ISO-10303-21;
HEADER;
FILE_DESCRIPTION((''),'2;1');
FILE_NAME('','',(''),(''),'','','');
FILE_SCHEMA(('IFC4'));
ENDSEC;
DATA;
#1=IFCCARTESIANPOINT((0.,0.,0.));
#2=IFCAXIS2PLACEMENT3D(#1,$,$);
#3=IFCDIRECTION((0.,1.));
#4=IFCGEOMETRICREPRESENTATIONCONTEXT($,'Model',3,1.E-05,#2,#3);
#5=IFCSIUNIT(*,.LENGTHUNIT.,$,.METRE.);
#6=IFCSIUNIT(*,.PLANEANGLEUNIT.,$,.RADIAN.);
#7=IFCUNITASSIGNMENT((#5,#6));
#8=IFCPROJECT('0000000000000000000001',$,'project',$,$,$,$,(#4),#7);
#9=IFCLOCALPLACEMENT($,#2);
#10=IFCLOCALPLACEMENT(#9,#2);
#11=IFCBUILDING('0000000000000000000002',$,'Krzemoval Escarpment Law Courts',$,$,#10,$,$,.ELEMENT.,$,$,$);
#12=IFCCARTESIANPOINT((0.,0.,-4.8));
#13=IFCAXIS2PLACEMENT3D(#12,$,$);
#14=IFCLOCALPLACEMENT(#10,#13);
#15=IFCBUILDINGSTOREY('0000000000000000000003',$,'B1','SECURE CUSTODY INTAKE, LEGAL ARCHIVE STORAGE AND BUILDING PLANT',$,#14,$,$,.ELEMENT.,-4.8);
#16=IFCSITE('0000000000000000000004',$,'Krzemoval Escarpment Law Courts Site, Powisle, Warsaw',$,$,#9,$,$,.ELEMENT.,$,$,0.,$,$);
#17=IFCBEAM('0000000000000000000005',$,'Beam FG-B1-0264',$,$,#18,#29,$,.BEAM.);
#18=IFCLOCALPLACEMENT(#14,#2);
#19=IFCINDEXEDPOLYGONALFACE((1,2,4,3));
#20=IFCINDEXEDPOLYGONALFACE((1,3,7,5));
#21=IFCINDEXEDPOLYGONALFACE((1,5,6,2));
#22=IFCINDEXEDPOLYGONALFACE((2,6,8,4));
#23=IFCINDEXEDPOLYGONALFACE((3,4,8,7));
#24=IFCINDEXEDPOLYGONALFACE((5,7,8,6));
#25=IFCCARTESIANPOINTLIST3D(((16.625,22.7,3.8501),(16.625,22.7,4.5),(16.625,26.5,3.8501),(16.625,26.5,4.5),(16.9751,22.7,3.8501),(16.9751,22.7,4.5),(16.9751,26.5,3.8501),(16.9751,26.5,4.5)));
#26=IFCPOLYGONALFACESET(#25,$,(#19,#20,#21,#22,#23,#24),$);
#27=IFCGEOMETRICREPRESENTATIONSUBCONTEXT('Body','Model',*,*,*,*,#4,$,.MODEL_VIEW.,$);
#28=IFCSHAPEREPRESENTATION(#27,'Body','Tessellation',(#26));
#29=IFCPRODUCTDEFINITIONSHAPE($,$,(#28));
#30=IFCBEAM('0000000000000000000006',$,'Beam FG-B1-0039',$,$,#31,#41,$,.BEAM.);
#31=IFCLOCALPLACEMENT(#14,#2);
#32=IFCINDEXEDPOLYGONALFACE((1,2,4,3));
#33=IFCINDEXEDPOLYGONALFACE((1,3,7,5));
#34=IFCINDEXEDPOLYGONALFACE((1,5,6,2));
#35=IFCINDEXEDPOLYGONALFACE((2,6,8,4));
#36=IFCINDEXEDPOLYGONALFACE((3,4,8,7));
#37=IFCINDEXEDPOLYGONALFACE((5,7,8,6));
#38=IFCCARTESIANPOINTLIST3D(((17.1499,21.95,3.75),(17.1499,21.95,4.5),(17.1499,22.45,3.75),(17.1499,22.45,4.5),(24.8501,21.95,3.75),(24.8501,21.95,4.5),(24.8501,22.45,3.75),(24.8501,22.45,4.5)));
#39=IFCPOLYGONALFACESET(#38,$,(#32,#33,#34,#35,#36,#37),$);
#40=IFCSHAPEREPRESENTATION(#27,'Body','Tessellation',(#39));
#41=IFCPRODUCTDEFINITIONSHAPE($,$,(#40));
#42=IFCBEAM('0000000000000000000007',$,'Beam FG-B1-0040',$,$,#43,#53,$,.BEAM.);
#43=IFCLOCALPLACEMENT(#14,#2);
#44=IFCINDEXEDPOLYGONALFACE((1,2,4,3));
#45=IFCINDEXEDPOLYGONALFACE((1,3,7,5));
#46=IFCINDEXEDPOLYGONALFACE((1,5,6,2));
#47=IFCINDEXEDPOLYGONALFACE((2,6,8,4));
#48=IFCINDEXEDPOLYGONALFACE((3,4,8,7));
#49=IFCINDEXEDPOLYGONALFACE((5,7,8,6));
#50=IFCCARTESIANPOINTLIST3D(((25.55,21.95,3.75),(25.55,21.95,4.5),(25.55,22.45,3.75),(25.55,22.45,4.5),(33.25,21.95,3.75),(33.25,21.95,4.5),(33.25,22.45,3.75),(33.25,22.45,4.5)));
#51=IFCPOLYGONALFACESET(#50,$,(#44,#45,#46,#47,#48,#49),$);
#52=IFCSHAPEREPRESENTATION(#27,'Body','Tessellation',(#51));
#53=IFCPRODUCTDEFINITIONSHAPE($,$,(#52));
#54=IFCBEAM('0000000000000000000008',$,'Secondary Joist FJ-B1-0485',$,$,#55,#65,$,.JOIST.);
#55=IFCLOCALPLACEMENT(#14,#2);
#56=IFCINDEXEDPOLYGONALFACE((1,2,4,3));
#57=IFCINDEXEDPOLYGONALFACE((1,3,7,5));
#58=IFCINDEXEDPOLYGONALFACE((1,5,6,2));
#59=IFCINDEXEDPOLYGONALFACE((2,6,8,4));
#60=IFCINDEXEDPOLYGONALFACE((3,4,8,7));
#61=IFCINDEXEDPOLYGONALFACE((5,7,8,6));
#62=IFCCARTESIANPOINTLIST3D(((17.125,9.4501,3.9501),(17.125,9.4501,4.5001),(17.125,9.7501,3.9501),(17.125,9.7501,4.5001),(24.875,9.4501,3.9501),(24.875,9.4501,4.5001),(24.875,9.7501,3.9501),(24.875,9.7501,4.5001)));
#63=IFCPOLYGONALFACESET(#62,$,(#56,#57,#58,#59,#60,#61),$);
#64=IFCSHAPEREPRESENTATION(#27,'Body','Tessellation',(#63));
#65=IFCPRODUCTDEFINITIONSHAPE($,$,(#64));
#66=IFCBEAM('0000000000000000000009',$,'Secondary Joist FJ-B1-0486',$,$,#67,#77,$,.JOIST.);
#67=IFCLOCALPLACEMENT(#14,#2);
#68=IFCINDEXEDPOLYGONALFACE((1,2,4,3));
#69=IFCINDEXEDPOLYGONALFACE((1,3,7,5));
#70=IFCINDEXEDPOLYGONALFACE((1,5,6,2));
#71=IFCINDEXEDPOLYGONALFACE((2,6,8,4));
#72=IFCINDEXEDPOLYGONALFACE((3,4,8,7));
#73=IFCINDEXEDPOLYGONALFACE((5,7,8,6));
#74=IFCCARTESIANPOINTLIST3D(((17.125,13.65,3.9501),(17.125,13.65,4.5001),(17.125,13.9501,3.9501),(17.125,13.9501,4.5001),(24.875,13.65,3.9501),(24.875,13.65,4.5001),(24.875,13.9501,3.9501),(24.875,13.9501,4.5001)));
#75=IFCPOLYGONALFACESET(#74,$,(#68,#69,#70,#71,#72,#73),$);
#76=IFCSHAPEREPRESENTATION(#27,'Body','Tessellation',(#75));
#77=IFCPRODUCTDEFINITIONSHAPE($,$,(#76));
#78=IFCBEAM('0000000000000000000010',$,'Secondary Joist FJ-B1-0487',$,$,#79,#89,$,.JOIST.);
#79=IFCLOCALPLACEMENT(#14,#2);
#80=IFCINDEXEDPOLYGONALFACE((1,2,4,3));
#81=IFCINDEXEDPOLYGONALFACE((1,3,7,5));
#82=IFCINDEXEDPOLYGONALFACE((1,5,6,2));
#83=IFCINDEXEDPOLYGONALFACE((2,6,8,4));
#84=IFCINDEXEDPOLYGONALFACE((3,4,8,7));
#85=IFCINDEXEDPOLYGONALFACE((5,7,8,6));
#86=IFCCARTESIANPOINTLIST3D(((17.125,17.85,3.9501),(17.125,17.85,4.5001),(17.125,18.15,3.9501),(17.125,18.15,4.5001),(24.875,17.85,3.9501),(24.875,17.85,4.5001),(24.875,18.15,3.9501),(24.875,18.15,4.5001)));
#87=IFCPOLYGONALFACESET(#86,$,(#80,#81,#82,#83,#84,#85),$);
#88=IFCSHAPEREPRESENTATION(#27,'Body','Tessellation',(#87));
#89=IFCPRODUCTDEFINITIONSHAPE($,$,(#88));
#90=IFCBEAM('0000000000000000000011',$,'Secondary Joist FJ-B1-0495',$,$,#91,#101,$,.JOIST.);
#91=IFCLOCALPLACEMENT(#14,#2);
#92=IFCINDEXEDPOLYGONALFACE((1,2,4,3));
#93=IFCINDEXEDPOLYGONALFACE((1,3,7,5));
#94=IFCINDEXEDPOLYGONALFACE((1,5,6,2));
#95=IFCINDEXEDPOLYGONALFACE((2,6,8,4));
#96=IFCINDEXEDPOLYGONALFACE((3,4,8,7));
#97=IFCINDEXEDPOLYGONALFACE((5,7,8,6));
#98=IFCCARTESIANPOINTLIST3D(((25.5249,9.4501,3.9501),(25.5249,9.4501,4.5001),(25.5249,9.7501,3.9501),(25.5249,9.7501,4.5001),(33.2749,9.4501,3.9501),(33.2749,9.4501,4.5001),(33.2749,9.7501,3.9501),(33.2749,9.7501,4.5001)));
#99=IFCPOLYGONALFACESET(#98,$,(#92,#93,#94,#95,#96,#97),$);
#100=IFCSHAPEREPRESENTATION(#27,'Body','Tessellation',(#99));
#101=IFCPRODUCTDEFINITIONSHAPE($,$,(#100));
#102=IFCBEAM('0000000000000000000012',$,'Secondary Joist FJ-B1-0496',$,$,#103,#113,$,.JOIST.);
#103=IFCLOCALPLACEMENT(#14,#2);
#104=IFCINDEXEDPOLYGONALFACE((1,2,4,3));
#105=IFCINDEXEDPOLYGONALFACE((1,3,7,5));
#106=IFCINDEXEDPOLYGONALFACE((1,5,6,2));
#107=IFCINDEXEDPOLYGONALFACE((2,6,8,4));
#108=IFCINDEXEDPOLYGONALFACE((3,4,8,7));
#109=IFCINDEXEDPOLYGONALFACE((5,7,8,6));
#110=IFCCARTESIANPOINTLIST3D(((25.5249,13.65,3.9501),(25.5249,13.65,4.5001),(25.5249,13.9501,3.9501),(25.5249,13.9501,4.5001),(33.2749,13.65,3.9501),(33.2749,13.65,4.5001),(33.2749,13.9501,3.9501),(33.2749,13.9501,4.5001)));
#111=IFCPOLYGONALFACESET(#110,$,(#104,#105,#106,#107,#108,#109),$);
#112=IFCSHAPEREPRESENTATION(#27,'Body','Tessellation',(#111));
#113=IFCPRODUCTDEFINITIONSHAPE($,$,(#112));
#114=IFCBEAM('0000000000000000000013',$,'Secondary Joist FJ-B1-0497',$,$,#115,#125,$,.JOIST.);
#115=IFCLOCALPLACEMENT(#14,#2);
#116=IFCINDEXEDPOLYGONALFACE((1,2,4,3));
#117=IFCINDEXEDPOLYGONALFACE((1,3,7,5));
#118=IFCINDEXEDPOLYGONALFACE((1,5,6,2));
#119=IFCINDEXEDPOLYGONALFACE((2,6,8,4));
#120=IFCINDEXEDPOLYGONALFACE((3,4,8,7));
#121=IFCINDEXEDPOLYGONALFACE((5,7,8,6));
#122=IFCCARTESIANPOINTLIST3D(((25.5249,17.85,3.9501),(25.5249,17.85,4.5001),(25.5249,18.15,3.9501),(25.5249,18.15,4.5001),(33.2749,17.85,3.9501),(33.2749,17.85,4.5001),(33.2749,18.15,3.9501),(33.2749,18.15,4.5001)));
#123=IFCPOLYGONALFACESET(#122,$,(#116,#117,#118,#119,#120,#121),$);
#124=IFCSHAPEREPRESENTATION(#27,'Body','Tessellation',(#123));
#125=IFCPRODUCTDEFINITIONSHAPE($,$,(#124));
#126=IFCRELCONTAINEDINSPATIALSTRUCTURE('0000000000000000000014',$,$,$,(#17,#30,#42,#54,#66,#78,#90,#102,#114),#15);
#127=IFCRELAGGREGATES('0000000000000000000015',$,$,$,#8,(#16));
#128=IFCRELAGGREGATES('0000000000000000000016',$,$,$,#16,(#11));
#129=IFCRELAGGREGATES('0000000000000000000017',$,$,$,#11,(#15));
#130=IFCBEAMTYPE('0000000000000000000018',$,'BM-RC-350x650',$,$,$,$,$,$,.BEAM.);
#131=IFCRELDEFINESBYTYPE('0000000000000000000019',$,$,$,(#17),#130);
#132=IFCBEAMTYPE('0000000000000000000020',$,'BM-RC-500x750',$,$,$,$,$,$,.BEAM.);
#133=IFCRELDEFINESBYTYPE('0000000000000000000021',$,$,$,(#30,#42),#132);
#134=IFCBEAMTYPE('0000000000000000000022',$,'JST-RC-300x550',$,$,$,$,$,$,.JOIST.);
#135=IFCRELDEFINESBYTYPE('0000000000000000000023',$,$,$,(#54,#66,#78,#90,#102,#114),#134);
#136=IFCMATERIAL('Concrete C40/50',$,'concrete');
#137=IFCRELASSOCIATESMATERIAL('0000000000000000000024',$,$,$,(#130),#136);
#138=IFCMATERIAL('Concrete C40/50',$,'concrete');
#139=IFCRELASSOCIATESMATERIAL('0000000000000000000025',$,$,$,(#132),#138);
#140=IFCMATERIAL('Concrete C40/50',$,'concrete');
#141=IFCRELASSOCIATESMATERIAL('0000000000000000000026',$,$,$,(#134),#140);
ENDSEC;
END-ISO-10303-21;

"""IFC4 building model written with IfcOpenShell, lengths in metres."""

from ifc_helpers import new_model, si_unit, direction, frame, origin, origin_2d, place, context, subcontext, project, spatial, rectangle, extrude, material, material_profile, profile_set, type_object, element, save


model = new_model("IFC4")

# Units and contexts
model_context = context("Model", 3, precision=1e-05, world=origin(), true_north=direction((0.0, 1.0)))
body_context = subcontext(model_context, "Body", "Model", "MODEL_VIEW")
ifc_project = project(units=[si_unit("LENGTHUNIT", "METRE"), si_unit("PLANEANGLEUNIT", "RADIAN")], contexts=[model_context])

# Site, building, storey
site_placement = place(None, origin())
site = spatial("IfcSite", under=ifc_project, at=site_placement, Name="Krzemoval Escarpment Law Courts Site, Powisle, Warsaw", CompositionType="ELEMENT", RefElevation=0.0)
building_placement = place(site_placement, origin())
building = spatial("IfcBuilding", under=site, at=building_placement, Name="Krzemoval Escarpment Law Courts", CompositionType="ELEMENT")
storey_placement = place(building_placement, frame((0.0, 0.0, -4.8)))
storey = spatial("IfcBuildingStorey", under=building, at=storey_placement, Name="B1", Description="SECURE CUSTODY INTAKE, LEGAL ARCHIVE STORAGE AND BUILDING PLANT", CompositionType="ELEMENT", Elevation=-4.8)

# Beams
ifc_material_1 = material(Name="Concrete C40/50", Category="concrete")
ifc_material_profile_1 = material_profile(ifc_material_1, rectangle(XDim=0.3501, YDim=0.6499, at=origin_2d()), Name="RCB 350x650")
ifc_profile_set_1 = profile_set([ifc_material_profile_1], Name="Concrete C40/50")
beam_type_1 = type_object("IfcBeamType", Name="BM-RC-350x650", PredefinedType="BEAM", material=ifc_profile_set_1)
beam_1_placement = place(storey_placement, frame((16.8, 22.7, 4.175), z_axis=(0.0, 1.0, 0.0), x_axis=(-1.0, 0.0, 0.0)))
element("IfcBeam", 1, at=beam_1_placement, inside=storey, type_object=beam_type_1, Name="Beam FG-B1-0264", PredefinedType="BEAM", context=body_context, shape_type="SweptSolid", body=[
    extrude(rectangle(XDim=0.3501, YDim=0.6499, at=origin_2d()), origin(), (0.0, 0.0, 1.0), 3.8),
])
ifc_material_2 = material(Name="Concrete C40/50", Category="concrete")
ifc_material_profile_2 = material_profile(ifc_material_2, rectangle(XDim=0.5, YDim=0.75, at=origin_2d()), Name="RCB 500x750")
ifc_profile_set_2 = profile_set([ifc_material_profile_2], Name="Concrete C40/50")
beam_type_2 = type_object("IfcBeamType", Name="BM-RC-500x750", PredefinedType="BEAM", material=ifc_profile_set_2)
beam_2_placement = place(storey_placement, frame((17.1499, 22.2, 4.125), z_axis=(1.0, 0.0, 0.0), x_axis=(0.0, 1.0, 0.0)))
element("IfcBeam", 2, at=beam_2_placement, inside=storey, type_object=beam_type_2, Name="Beam FG-B1-0039", PredefinedType="BEAM", context=body_context, shape_type="SweptSolid", body=[
    extrude(rectangle(XDim=0.5, YDim=0.75, at=origin_2d()), origin(), (0.0, 0.0, 1.0), 7.7002),
])
beam_3_placement = place(storey_placement, frame((25.55, 22.2, 4.125), z_axis=(1.0, 0.0, 0.0), x_axis=(0.0, 1.0, 0.0)))
element("IfcBeam", 3, at=beam_3_placement, inside=storey, type_object=beam_type_2, Name="Beam FG-B1-0040", PredefinedType="BEAM", context=body_context, shape_type="SweptSolid", body=[
    extrude(rectangle(XDim=0.5, YDim=0.75, at=origin_2d()), origin(), (0.0, 0.0, 1.0), 7.7),
])
ifc_material_3 = material(Name="Concrete C40/50", Category="concrete")
ifc_material_profile_3 = material_profile(ifc_material_3, rectangle(XDim=0.3, YDim=0.55, at=origin_2d()), Name="RCB 300x550")
ifc_profile_set_3 = profile_set([ifc_material_profile_3], Name="Concrete C40/50")
beam_type_3 = type_object("IfcBeamType", Name="JST-RC-300x550", PredefinedType="JOIST", material=ifc_profile_set_3)
for number, where, z_axis, x_axis, name in (
    (4, (17.125, 9.6001, 4.2251), (1.0, 0.0, 0.0), (0.0, 1.0, 0.0), "Secondary Joist FJ-B1-0485"),
    (5, (17.125, 13.8, 4.2251), (1.0, 0.0, 0.0), (0.0, 1.0, 0.0), "Secondary Joist FJ-B1-0486"),
    (6, (17.125, 18.0, 4.2251), (1.0, 0.0, 0.0), (0.0, 1.0, 0.0), "Secondary Joist FJ-B1-0487"),
    (7, (25.5249, 9.6001, 4.2251), (1.0, 0.0, 0.0), (0.0, 1.0, 0.0), "Secondary Joist FJ-B1-0495"),
    (8, (25.5249, 13.8, 4.2251), (1.0, 0.0, 0.0), (0.0, 1.0, 0.0), "Secondary Joist FJ-B1-0496"),
    (9, (25.5249, 18.0, 4.2251), (1.0, 0.0, 0.0), (0.0, 1.0, 0.0), "Secondary Joist FJ-B1-0497"),
):
    element("IfcBeam", number, at=place(storey_placement, frame(where, z_axis=z_axis, x_axis=x_axis)), inside=storey, type_object=beam_type_3, Name=name, PredefinedType="JOIST", context=body_context, shape_type="SweptSolid", body=[
        extrude(rectangle(XDim=0.3, YDim=0.55, at=origin_2d()), origin(), (0.0, 0.0, 1.0), 7.75),
    ])

save(model, "model.ifc")
